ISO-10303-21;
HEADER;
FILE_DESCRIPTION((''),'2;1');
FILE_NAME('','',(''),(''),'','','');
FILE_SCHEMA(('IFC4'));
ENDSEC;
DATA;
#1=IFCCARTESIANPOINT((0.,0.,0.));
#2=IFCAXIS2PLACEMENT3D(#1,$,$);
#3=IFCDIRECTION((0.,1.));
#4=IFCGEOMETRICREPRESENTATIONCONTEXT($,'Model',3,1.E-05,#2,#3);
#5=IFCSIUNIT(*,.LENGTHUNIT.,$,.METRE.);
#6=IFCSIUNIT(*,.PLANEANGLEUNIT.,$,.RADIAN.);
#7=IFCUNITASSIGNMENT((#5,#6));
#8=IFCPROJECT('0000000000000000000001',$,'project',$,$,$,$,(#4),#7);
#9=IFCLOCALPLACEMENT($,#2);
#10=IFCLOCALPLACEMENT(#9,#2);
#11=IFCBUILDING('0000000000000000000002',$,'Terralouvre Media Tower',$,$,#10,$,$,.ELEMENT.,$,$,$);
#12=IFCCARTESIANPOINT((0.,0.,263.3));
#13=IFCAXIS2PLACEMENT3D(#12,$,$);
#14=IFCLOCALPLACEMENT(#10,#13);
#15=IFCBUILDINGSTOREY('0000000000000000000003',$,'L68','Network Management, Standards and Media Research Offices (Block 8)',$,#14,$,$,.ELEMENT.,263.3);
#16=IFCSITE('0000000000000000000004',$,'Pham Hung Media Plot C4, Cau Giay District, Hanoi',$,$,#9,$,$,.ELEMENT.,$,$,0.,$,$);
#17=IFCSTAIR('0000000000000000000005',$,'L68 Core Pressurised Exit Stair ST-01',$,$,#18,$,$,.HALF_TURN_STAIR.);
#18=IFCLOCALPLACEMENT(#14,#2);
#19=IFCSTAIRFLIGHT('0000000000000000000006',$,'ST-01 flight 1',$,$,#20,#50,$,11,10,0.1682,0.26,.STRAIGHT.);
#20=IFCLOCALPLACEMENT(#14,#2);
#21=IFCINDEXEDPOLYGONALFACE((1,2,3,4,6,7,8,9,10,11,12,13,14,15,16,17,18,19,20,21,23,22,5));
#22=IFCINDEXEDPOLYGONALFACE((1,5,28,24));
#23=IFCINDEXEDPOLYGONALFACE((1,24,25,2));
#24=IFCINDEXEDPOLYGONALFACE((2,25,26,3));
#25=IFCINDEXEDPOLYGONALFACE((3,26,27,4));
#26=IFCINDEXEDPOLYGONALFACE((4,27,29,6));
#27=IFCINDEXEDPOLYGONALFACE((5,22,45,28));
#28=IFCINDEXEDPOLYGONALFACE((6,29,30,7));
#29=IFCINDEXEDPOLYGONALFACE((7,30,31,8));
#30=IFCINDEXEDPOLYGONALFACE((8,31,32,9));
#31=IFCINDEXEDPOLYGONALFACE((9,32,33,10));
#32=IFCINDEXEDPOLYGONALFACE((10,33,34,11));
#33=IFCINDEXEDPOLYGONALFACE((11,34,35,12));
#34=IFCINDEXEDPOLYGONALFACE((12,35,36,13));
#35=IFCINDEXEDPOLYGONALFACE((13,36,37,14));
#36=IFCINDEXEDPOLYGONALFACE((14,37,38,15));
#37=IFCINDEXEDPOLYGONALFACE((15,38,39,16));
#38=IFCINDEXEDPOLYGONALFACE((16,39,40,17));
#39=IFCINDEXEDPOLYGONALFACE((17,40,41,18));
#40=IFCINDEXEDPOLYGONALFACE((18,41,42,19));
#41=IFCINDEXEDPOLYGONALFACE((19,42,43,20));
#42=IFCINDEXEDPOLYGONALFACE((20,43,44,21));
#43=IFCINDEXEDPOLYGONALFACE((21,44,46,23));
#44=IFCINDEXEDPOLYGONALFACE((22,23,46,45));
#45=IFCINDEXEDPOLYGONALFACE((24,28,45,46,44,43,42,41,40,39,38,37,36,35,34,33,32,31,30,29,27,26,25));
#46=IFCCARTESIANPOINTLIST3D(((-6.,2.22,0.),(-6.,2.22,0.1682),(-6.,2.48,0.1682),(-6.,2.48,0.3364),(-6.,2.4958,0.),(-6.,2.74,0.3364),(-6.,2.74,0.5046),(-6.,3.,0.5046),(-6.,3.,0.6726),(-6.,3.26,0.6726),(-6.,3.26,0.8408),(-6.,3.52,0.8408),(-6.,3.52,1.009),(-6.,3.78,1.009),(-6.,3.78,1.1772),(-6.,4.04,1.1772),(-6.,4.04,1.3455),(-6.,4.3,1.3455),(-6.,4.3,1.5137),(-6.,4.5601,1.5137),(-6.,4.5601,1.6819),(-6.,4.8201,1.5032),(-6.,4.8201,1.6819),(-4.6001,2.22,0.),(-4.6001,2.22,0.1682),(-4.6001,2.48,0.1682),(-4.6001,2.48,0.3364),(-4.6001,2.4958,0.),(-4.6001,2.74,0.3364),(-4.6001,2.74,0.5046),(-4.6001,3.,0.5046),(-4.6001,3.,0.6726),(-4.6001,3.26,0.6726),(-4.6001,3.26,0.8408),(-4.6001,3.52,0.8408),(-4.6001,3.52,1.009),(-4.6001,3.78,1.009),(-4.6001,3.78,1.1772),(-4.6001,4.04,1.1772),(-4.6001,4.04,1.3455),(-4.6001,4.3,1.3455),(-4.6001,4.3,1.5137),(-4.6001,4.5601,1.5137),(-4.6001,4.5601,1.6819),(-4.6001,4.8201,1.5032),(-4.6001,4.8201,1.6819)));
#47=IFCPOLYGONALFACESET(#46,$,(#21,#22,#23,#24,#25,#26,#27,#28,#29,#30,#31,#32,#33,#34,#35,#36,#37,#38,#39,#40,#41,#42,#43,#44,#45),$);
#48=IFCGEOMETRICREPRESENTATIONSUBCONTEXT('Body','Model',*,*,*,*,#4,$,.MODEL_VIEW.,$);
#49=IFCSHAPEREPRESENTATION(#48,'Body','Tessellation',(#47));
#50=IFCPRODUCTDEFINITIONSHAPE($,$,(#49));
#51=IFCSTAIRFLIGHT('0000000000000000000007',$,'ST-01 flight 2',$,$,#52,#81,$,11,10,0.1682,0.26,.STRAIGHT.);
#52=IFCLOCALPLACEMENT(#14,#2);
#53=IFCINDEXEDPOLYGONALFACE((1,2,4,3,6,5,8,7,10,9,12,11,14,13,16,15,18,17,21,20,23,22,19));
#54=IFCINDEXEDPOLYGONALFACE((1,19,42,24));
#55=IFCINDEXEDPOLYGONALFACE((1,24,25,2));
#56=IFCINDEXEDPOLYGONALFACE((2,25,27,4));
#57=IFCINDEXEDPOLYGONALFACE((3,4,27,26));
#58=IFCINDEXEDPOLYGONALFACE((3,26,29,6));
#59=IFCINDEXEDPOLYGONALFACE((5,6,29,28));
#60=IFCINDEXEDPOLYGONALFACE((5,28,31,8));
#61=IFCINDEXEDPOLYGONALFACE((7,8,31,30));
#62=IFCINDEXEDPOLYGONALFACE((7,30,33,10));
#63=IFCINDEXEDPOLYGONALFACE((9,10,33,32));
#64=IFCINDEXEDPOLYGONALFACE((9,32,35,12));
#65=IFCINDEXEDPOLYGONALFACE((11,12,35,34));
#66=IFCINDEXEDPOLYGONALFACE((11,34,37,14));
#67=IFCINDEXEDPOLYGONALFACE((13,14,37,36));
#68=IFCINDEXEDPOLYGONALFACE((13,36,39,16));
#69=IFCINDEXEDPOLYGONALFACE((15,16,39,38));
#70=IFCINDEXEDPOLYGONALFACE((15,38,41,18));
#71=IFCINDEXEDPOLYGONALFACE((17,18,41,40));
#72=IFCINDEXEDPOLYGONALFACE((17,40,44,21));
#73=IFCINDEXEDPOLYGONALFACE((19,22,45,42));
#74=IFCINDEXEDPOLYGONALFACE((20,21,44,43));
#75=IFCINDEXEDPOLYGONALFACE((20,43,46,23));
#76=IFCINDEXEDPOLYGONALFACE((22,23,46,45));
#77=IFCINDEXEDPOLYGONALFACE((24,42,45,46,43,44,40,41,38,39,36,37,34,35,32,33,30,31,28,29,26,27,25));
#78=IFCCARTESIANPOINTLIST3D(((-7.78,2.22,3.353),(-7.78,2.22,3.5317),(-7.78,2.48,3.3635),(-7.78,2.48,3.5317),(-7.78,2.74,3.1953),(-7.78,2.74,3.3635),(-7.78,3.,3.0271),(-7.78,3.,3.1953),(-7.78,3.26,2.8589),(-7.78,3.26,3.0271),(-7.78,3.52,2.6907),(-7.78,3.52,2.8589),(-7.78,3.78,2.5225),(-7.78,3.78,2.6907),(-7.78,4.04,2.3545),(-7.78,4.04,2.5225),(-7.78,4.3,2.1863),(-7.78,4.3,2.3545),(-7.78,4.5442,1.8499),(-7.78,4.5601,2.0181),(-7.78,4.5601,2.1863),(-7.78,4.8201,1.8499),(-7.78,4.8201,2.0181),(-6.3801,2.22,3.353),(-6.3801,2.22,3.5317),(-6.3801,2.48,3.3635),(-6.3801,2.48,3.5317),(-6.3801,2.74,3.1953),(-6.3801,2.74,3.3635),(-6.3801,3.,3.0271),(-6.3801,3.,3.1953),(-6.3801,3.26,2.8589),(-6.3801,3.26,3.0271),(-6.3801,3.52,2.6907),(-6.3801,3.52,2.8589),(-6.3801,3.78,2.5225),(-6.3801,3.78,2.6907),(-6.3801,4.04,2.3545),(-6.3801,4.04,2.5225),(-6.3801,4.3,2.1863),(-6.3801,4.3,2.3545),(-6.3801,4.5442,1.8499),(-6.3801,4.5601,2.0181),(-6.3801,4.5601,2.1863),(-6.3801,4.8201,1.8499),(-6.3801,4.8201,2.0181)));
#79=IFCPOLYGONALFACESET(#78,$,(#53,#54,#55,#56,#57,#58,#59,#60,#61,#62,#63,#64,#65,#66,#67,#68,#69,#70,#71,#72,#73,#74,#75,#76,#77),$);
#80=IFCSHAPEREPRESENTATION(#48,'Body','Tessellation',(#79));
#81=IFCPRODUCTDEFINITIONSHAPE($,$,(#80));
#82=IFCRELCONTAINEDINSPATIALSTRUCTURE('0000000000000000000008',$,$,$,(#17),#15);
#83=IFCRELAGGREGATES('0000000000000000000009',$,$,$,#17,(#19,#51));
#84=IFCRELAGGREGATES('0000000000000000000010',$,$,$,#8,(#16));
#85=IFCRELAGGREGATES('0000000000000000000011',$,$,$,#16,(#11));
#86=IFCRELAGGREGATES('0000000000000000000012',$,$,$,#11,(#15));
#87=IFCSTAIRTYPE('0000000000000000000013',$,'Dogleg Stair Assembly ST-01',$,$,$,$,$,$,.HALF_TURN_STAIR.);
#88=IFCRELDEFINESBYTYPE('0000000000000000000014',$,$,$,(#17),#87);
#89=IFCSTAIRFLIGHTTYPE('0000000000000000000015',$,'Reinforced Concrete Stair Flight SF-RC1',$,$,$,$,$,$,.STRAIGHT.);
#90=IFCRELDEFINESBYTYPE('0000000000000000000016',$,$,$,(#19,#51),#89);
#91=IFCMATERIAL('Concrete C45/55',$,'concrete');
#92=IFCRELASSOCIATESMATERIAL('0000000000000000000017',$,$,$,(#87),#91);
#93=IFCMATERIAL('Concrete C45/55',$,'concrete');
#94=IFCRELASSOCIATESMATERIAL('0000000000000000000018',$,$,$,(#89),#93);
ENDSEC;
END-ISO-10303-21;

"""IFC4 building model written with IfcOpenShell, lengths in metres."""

from ifc_helpers import new_model, si_unit, direction, frame, origin, place, context, subcontext, project, spatial, polyline, outline, extrude, material, type_object, element, aggregate, save


model = new_model("IFC4")

# Units and contexts
model_context = context("Model", 3, precision=1e-05, world=origin(), true_north=direction((0.0, 1.0)))
body_context = subcontext(model_context, "Body", "Model", "MODEL_VIEW")
ifc_project = project(units=[si_unit("LENGTHUNIT", "METRE"), si_unit("PLANEANGLEUNIT", "RADIAN")], contexts=[model_context])

# Site, building, storey
site_placement = place(None, origin())
site = spatial("IfcSite", under=ifc_project, at=site_placement, Name="Pham Hung Media Plot C4, Cau Giay District, Hanoi", CompositionType="ELEMENT", RefElevation=0.0)
building_placement = place(site_placement, origin())
building = spatial("IfcBuilding", under=site, at=building_placement, Name="Terralouvre Media Tower", CompositionType="ELEMENT")
storey_placement = place(building_placement, frame((0.0, 0.0, 263.3)))
storey = spatial("IfcBuildingStorey", under=building, at=storey_placement, Name="L68", Description="Network Management, Standards and Media Research Offices (Block 8)", CompositionType="ELEMENT", Elevation=263.3)

# Stair, stair flights
ifc_material_1 = material(Name="Concrete C45/55", Category="concrete")
stair_type = type_object("IfcStairType", Name="Dogleg Stair Assembly ST-01", PredefinedType="HALF_TURN_STAIR", material=ifc_material_1)
stair_placement = place(storey_placement, origin())
stair = element("IfcStair", 1, at=stair_placement, inside=storey, type_object=stair_type, Name="L68 Core Pressurised Exit Stair ST-01", PredefinedType="HALF_TURN_STAIR")
ifc_material_2 = material(Name="Concrete C45/55", Category="concrete")
stair_flight_type = type_object("IfcStairFlightType", Name="Reinforced Concrete Stair Flight SF-RC1", PredefinedType="STRAIGHT", material=ifc_material_2)
stair_flight_1_placement = place(storey_placement, frame((-5.3, 2.22, 0.0), z_axis=(0.0, 0.0, 1.0), x_axis=(0.0, 1.0, 0.0)))
stair_flight_1 = element("IfcStairFlight", 2, at=stair_flight_1_placement, type_object=stair_flight_type, Name="ST-01 flight 1", NumberOfRisers=11, NumberOfTreads=10, PredefinedType="STRAIGHT", RiserHeight=0.1682, TreadLength=0.26, context=body_context, shape_type="SweptSolid", body=[
    extrude(outline(polyline([(0.0, 0.0), (0.0, 0.1682), (0.26, 0.1682), (0.26, 0.3364), (0.52, 0.3364), (0.52, 0.5046), (0.78, 0.5046), (0.78, 0.6726), (1.04, 0.6726), (1.04, 0.8408), (1.3, 0.8408), (1.3, 1.009), (1.5601, 1.009), (1.5601, 1.1772), (1.8201, 1.1772), (1.8201, 1.3455), (2.0801, 1.3455), (2.0801, 1.5137), (2.3401, 1.5137), (2.3401, 1.6819), (2.6001, 1.6819), (2.6001, 1.8501), (2.6001, 1.5032), (0.2759, 0.0), (0.0, 0.0)])), frame((0.0, 0.7, 0.0), z_axis=(0.0, -1.0, 0.0), x_axis=(1.0, 0.0, 0.0)), (0.0, 0.0, 1.0), 1.3999),
])
stair_flight_2_placement = place(storey_placement, frame((-7.0801, 4.8201, 1.8499), z_axis=(0.0, 0.0, 1.0), x_axis=(0.0, -1.0, 0.0)))
stair_flight_2 = element("IfcStairFlight", 3, at=stair_flight_2_placement, type_object=stair_flight_type, Name="ST-01 flight 2", NumberOfRisers=11, NumberOfTreads=10, PredefinedType="STRAIGHT", RiserHeight=0.1682, TreadLength=0.26, context=body_context, shape_type="SweptSolid", body=[
    extrude(outline(polyline([(0.0, 0.0), (0.0, 0.1682), (0.26, 0.1682), (0.26, 0.3364), (0.52, 0.3364), (0.52, 0.5046), (0.78, 0.5046), (0.78, 0.6726), (1.04, 0.6726), (1.04, 0.8408), (1.3, 0.8408), (1.3, 1.009), (1.5601, 1.009), (1.5601, 1.1772), (1.8201, 1.1772), (1.8201, 1.3455), (2.0801, 1.3455), (2.0801, 1.5137), (2.3401, 1.5137), (2.3401, 1.6819), (2.6001, 1.6819), (2.6001, 1.8501), (2.6001, 1.5032), (0.2759, 0.0), (0.0, 0.0)])), frame((0.0, 0.7, 0.0), z_axis=(0.0, -1.0, 0.0), x_axis=(1.0, 0.0, 0.0)), (0.0, 0.0, 1.0), 1.3999),
])
aggregate(stair, [stair_flight_1, stair_flight_2])

save(model, "model.ifc")
